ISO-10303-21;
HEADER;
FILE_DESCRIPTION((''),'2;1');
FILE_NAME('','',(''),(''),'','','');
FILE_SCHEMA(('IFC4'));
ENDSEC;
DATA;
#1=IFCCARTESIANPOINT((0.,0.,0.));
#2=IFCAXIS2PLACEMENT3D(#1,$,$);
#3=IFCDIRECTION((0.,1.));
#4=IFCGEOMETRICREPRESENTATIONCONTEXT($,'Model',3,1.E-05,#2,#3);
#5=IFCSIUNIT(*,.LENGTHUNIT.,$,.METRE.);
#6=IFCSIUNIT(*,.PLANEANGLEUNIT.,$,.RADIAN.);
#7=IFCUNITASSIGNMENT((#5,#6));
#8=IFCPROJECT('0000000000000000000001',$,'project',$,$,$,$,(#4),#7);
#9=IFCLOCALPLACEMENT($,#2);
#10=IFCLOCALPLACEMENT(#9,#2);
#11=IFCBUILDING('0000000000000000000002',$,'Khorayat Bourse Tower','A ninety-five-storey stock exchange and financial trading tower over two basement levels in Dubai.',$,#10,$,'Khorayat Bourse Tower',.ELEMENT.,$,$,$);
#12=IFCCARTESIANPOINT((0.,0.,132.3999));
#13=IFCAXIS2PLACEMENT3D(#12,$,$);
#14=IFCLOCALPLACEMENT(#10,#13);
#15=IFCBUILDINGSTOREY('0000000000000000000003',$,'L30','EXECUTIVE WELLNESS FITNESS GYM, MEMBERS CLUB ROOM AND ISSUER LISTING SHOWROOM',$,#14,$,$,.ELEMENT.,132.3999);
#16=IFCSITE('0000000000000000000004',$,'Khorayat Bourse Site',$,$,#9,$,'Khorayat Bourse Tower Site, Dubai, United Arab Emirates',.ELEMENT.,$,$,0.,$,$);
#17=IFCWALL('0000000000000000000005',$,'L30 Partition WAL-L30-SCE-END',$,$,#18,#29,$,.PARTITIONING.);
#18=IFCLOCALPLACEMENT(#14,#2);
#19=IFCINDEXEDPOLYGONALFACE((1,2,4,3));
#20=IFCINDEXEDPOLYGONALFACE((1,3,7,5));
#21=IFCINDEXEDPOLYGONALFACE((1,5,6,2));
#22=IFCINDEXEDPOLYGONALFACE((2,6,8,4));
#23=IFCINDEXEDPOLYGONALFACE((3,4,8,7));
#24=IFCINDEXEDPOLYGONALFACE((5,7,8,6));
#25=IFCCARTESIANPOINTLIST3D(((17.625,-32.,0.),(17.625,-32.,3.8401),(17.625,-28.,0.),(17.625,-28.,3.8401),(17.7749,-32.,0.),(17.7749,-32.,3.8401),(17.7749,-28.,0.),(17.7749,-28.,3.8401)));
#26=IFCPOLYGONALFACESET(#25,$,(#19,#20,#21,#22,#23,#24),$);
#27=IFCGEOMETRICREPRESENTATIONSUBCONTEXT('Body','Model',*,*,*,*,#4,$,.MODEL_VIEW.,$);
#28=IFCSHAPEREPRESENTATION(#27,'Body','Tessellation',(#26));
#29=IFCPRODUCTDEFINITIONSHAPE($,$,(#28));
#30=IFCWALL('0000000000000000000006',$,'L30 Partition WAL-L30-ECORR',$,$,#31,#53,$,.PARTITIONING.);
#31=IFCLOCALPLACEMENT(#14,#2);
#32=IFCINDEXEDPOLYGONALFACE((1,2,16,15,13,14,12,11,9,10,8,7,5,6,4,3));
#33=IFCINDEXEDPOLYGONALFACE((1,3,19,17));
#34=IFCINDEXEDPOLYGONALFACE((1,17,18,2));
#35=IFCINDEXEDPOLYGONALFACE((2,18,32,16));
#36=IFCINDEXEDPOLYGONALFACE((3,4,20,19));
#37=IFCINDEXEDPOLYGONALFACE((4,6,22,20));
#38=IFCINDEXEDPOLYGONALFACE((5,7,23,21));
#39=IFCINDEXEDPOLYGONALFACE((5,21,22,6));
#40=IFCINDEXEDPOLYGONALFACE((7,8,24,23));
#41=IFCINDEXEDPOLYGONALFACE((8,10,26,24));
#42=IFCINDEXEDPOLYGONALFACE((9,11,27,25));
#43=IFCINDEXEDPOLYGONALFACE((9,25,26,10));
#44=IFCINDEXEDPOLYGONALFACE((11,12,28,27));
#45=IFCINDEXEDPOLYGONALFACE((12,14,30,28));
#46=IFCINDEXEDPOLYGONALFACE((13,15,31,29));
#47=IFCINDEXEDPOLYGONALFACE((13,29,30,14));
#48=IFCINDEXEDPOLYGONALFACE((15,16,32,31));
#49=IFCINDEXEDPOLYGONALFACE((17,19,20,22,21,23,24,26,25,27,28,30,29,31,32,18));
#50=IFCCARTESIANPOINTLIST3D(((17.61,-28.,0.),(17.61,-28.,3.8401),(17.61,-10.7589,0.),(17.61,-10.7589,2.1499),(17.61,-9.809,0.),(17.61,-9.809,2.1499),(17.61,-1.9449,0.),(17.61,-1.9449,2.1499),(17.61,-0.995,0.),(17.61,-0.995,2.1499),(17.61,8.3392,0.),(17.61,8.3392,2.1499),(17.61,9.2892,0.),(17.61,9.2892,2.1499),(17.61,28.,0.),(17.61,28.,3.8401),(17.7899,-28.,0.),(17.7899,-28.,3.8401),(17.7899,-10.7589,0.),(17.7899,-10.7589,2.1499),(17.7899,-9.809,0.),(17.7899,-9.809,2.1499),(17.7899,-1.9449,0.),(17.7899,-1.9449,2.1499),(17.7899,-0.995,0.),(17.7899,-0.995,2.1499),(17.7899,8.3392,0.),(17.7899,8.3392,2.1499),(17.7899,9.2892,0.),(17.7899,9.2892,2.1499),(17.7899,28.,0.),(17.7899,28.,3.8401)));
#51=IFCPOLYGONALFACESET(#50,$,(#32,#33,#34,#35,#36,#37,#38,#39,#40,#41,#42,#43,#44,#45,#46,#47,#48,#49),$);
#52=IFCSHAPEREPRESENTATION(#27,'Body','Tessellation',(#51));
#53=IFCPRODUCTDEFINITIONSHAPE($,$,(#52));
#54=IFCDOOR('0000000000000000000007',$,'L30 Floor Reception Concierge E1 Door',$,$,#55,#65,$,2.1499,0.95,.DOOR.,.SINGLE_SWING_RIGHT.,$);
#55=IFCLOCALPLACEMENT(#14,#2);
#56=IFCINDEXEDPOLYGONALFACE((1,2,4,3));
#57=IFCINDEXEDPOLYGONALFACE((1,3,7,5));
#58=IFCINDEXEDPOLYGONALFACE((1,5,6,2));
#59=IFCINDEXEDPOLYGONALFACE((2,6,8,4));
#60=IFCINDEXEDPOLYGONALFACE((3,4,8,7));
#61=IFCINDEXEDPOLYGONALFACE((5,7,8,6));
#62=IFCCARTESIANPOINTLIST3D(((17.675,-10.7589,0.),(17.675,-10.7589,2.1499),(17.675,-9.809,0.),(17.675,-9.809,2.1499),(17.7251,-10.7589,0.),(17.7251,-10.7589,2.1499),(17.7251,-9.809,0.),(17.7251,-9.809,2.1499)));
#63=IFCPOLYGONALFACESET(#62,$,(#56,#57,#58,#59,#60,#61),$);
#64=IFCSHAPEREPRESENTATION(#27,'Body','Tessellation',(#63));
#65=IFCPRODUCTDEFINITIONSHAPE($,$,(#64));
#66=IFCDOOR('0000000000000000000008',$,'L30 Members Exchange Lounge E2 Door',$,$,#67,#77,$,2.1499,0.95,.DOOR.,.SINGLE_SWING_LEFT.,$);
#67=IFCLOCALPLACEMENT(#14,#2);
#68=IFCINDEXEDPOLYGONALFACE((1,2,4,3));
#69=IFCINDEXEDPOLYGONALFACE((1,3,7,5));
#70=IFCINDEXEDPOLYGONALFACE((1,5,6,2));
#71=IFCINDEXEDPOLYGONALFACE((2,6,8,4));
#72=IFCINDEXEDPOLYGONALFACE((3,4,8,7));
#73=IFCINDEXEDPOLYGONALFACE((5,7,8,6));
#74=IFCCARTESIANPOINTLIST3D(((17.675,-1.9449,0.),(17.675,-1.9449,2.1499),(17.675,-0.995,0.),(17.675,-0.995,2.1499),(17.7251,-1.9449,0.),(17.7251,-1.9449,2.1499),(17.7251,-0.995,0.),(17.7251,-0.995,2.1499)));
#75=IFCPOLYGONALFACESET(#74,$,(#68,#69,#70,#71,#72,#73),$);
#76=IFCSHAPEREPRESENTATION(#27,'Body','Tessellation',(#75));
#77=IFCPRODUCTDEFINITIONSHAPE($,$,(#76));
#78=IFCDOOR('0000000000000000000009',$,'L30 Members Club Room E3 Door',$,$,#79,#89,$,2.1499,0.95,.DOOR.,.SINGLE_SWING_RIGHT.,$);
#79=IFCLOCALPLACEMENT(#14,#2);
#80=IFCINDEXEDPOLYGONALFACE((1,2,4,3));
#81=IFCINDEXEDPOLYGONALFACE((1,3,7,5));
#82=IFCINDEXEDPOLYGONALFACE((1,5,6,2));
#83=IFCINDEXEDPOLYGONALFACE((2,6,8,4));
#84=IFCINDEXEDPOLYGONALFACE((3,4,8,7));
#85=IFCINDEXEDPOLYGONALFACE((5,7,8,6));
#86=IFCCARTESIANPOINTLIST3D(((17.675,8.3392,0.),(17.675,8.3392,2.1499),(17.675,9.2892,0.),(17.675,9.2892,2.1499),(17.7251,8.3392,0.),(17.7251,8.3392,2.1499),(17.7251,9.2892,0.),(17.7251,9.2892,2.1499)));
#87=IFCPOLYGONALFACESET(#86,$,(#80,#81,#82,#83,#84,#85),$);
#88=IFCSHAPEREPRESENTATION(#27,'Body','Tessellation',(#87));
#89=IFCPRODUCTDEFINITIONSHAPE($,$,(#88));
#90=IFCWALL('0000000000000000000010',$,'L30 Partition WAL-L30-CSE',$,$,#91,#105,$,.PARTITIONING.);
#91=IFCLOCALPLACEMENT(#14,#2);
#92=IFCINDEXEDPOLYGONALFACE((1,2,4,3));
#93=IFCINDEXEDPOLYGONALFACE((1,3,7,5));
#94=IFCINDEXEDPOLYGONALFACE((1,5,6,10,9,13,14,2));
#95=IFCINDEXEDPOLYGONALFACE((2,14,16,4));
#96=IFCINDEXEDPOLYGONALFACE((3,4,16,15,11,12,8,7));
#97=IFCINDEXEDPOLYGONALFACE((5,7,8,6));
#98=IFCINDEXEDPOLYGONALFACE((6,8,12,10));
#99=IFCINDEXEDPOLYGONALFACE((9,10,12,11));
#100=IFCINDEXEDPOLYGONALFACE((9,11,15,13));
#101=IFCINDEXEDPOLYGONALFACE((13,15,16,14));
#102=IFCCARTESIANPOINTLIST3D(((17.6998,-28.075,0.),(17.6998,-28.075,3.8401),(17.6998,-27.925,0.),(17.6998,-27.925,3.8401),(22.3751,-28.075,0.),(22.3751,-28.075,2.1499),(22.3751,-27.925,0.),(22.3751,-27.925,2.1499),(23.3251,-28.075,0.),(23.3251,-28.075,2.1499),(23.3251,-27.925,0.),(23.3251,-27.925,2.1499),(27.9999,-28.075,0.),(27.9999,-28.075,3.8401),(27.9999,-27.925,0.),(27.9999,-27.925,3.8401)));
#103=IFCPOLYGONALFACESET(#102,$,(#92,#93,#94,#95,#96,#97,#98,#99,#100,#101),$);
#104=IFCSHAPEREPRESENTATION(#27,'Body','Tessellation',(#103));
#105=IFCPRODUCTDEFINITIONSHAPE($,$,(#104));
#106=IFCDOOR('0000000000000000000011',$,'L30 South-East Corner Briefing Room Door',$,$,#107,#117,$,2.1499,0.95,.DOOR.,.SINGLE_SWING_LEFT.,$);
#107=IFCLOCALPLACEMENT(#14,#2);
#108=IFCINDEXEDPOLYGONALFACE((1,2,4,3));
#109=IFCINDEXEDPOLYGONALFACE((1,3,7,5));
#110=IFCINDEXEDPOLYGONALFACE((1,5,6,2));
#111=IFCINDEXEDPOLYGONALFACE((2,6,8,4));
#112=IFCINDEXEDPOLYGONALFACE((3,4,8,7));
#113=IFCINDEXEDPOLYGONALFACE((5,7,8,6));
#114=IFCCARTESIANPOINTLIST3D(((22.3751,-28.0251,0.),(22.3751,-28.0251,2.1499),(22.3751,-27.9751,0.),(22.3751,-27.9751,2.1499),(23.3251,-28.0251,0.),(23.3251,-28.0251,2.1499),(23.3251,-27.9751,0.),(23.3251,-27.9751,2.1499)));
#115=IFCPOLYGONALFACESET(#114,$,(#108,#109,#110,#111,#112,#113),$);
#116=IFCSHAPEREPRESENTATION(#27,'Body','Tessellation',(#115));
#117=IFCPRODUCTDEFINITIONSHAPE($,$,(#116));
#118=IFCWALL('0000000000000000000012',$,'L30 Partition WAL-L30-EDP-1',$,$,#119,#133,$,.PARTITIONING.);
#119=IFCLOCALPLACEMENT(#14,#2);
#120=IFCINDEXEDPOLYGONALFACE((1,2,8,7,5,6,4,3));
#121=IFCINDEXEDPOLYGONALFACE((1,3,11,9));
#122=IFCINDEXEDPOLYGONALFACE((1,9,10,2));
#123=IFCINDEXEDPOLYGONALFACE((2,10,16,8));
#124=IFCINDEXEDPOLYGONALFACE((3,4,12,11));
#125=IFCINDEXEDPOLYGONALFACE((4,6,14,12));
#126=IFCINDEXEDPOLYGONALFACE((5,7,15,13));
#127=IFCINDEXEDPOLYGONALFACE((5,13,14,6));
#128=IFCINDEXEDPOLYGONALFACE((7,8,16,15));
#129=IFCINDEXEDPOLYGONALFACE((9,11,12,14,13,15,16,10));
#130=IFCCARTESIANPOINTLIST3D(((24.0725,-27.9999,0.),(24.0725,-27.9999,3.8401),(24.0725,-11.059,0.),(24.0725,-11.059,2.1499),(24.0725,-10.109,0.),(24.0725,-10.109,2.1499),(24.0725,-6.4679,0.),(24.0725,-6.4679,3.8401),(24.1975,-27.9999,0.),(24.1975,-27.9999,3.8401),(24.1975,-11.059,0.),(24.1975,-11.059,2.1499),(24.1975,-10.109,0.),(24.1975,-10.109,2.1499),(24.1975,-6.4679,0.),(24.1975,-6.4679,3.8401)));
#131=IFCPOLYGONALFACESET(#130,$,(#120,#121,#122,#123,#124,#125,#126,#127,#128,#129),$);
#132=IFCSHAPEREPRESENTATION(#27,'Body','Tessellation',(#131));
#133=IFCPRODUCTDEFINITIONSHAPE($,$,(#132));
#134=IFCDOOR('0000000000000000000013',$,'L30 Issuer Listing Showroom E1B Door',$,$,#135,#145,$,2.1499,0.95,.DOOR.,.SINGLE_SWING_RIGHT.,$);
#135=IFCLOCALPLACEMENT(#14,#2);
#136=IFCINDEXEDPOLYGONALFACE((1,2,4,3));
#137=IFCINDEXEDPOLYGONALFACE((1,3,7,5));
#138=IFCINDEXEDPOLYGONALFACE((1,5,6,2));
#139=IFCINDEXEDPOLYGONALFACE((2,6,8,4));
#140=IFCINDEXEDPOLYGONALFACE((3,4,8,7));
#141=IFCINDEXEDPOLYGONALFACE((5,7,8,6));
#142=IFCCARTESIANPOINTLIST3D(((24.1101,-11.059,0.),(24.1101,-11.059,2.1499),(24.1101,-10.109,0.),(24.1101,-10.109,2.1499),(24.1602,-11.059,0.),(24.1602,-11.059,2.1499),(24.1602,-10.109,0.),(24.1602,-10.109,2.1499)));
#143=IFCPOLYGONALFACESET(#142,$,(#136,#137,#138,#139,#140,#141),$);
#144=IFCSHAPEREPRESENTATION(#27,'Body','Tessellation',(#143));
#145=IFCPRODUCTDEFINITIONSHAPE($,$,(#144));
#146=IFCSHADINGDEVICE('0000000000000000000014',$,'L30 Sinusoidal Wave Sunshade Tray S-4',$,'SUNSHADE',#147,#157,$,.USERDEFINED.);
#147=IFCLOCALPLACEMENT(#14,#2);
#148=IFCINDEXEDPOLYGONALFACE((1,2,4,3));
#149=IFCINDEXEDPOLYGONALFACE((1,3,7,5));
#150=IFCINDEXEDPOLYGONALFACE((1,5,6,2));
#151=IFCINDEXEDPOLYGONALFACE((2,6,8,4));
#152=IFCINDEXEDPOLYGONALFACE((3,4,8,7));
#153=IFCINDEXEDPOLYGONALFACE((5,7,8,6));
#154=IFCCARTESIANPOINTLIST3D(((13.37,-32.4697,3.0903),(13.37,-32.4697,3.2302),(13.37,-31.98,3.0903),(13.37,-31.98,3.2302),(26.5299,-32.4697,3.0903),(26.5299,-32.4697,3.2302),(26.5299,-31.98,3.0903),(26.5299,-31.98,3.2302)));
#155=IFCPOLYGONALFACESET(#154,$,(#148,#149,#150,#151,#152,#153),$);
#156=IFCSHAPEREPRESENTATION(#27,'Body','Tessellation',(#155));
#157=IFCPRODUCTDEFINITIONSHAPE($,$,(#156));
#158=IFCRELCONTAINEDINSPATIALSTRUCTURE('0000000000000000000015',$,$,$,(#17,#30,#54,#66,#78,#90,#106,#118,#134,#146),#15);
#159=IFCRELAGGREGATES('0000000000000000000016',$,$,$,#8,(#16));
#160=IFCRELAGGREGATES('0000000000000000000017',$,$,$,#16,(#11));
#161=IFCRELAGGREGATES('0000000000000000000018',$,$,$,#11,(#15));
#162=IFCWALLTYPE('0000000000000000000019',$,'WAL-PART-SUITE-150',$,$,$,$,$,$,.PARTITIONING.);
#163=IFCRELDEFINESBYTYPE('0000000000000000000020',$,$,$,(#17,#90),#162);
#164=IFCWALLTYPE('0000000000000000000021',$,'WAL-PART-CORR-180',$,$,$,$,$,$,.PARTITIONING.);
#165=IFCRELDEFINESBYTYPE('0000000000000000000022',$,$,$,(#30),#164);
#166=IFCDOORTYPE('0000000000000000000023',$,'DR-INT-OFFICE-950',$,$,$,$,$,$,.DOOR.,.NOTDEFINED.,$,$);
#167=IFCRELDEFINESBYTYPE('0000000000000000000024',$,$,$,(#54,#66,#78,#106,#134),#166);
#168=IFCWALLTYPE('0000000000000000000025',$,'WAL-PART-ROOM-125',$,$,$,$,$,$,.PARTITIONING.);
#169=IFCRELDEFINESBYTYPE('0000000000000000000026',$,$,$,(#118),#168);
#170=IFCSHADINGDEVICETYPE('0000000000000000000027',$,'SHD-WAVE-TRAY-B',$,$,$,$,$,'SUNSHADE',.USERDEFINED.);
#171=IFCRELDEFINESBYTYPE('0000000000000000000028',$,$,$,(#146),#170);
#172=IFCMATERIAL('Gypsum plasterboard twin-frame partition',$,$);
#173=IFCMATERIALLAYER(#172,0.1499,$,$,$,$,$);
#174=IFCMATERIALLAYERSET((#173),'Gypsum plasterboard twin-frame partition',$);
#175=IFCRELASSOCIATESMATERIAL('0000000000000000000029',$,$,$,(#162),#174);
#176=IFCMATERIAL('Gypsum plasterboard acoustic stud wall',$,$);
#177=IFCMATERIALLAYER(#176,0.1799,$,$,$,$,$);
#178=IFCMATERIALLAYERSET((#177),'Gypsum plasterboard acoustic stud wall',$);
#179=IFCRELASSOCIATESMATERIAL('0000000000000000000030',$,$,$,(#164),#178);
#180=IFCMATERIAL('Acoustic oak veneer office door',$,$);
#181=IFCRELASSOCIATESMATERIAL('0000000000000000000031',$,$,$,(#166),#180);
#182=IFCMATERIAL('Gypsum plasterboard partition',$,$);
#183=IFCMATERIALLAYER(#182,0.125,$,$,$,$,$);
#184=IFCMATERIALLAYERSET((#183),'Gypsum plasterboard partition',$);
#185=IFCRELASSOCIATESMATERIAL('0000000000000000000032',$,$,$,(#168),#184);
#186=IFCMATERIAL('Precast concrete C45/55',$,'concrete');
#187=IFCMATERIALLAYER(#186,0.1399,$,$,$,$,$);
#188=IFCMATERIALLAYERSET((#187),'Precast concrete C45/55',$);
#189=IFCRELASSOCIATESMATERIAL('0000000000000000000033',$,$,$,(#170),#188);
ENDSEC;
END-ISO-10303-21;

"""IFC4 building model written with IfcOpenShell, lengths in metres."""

from ifc_helpers import new_model, si_unit, direction, frame, frame_2d, origin, origin_2d, place, context, subcontext, project, spatial, rectangle, extrude, source, transform, mapped, material, layer, layer_set, type_object, element, fill, save


model = new_model("IFC4")

# Units and contexts
model_context = context("Model", 3, precision=1e-05, world=origin(), true_north=direction((0.0, 1.0)))
body_context = subcontext(model_context, "Body", "Model", "MODEL_VIEW")
ifc_project = project(units=[si_unit("LENGTHUNIT", "METRE"), si_unit("PLANEANGLEUNIT", "RADIAN")], contexts=[model_context])

# Site, building, storey
site_placement = place(None, origin())
site = spatial("IfcSite", under=ifc_project, at=site_placement, Name="Khorayat Bourse Site", LongName="Khorayat Bourse Tower Site, Dubai, United Arab Emirates", CompositionType="ELEMENT", RefElevation=0.0)
building_placement = place(site_placement, origin())
building = spatial("IfcBuilding", under=site, at=building_placement, Name="Khorayat Bourse Tower", Description="A ninety-five-storey stock exchange and financial trading tower over two basement levels in Dubai.", LongName="Khorayat Bourse Tower", CompositionType="ELEMENT")
storey_placement = place(building_placement, frame((0.0, 0.0, 132.3999)))
storey = spatial("IfcBuildingStorey", under=building, at=storey_placement, Name="L30", Description="EXECUTIVE WELLNESS FITNESS GYM, MEMBERS CLUB ROOM AND ISSUER LISTING SHOWROOM", CompositionType="ELEMENT", Elevation=132.3999)

# Shared definitions
ifc_material_1 = material(Name="Precast concrete C45/55", Category="concrete")

# Wall
ifc_material_2 = material(Name="Gypsum plasterboard twin-frame partition")
ifc_layer_1 = layer(ifc_material_2, 0.1499)
ifc_layer_set_1 = layer_set([ifc_layer_1], Name="Gypsum plasterboard twin-frame partition")
wall_type_1 = type_object("IfcWallType", Name="WAL-PART-SUITE-150", PredefinedType="PARTITIONING", material=ifc_layer_set_1)
shared_shape_1 = source(origin(), body_context, "Body", "SweptSolid", [
    extrude(rectangle(XDim=4.0, YDim=0.1499, at=frame_2d((2.0, 0.0))), origin(), (0.0, 0.0, 1.0), 3.8401),
])
wall_1_placement = place(storey_placement, frame((17.7, -32.0, 0.0), z_axis=(0.0, 0.0, 1.0), x_axis=(0.0, 1.0, 0.0)))
element("IfcWall", 1, at=wall_1_placement, inside=storey, type_object=wall_type_1, Name="L30 Partition WAL-L30-SCE-END", PredefinedType="PARTITIONING", context=body_context, shape_type="MappedRepresentation", body=[
    mapped(shared_shape_1, transform((0.0, 0.0, 0.0), scale=1.0)),
])

# Wall, openings, doors
ifc_material_3 = material(Name="Gypsum plasterboard acoustic stud wall")
ifc_layer_2 = layer(ifc_material_3, 0.1799)
ifc_layer_set_2 = layer_set([ifc_layer_2], Name="Gypsum plasterboard acoustic stud wall")
wall_type_2 = type_object("IfcWallType", Name="WAL-PART-CORR-180", PredefinedType="PARTITIONING", material=ifc_layer_set_2)
shared_shape_2 = source(origin(), body_context, "Body", "SweptSolid", [
    extrude(rectangle(XDim=56.0, YDim=0.1799, at=frame_2d((28.0, 0.0))), origin(), (0.0, 0.0, 1.0), 3.8401),
])
wall_2_placement = place(storey_placement, frame((17.7, -28.0, 0.0), z_axis=(0.0, 0.0, 1.0), x_axis=(0.0, 1.0, 0.0)))
wall_2 = element("IfcWall", 2, at=wall_2_placement, inside=storey, type_object=wall_type_2, Name="L30 Partition WAL-L30-ECORR", PredefinedType="PARTITIONING", context=body_context, shape_type="MappedRepresentation", body=[
    mapped(shared_shape_2, transform((0.0, 0.0, 0.0), scale=1.0)),
])
shared_shape_3 = source(origin(), body_context, "Body", "SweptSolid", [
    extrude(rectangle(XDim=0.95, YDim=2.1499, at=frame_2d((0.4751, 1.075))), frame((0.0, 0.0999, 0.0), z_axis=(0.0, -1.0, 0.0), x_axis=(1.0, 0.0, 0.0)), (0.0, 0.0, 1.0), 0.2),
])
opening_1_placement = place(wall_2_placement, frame((17.241, 0.0, 0.0)))
opening_1 = element("IfcOpeningElement", 3, at=opening_1_placement, cuts=wall_2, PredefinedType="OPENING", context=body_context, shape_type="MappedRepresentation", body=[
    mapped(shared_shape_3, transform((0.0, 0.0, 0.0), scale=1.0)),
])
opening_2_placement = place(wall_2_placement, frame((26.0549, 0.0, 0.0)))
opening_2 = element("IfcOpeningElement", 4, at=opening_2_placement, cuts=wall_2, PredefinedType="OPENING", context=body_context, shape_type="MappedRepresentation", body=[
    mapped(shared_shape_3, transform((0.0, 0.0, 0.0), scale=1.0)),
])
opening_3_placement = place(wall_2_placement, frame((36.3391, 0.0, 0.0)))
opening_3 = element("IfcOpeningElement", 5, at=opening_3_placement, cuts=wall_2, PredefinedType="OPENING", context=body_context, shape_type="MappedRepresentation", body=[
    mapped(shared_shape_3, transform((0.0, 0.0, 0.0), scale=1.0)),
])
ifc_material_4 = material(Name="Acoustic oak veneer office door")
door_type = type_object("IfcDoorType", Name="DR-INT-OFFICE-950", OperationType="NOTDEFINED", PredefinedType="DOOR", material=ifc_material_4)
shared_shape_4 = source(origin(), body_context, "Body", "SweptSolid", [
    extrude(rectangle(XDim=0.95, YDim=2.1499, at=frame_2d((0.4751, 1.075))), frame((0.0, 0.0249, 0.0), z_axis=(0.0, -1.0, 0.0), x_axis=(1.0, 0.0, 0.0)), (0.0, 0.0, 1.0), 0.05),
])
door_1_placement = place(opening_1_placement, origin())
door_1 = element("IfcDoor", 6, at=door_1_placement, inside=storey, type_object=door_type, Name="L30 Floor Reception Concierge E1 Door", OperationType="SINGLE_SWING_RIGHT", OverallHeight=2.1499, OverallWidth=0.95, PredefinedType="DOOR", context=body_context, shape_type="MappedRepresentation", body=[
    mapped(shared_shape_4, transform((0.0, 0.0, 0.0), scale=1.0)),
])
fill(opening_1, door_1)
door_2_placement = place(opening_2_placement, origin())
door_2 = element("IfcDoor", 7, at=door_2_placement, inside=storey, type_object=door_type, Name="L30 Members Exchange Lounge E2 Door", OperationType="SINGLE_SWING_LEFT", OverallHeight=2.1499, OverallWidth=0.95, PredefinedType="DOOR", context=body_context, shape_type="MappedRepresentation", body=[
    mapped(shared_shape_4, transform((0.0, 0.0, 0.0), scale=1.0)),
])
fill(opening_2, door_2)
door_3_placement = place(opening_3_placement, origin())
door_3 = element("IfcDoor", 8, at=door_3_placement, inside=storey, type_object=door_type, Name="L30 Members Club Room E3 Door", OperationType="SINGLE_SWING_RIGHT", OverallHeight=2.1499, OverallWidth=0.95, PredefinedType="DOOR", context=body_context, shape_type="MappedRepresentation", body=[
    mapped(shared_shape_4, transform((0.0, 0.0, 0.0), scale=1.0)),
])
fill(opening_3, door_3)

# Walls, openings, doors
shared_shape_5 = source(origin(), body_context, "Body", "SweptSolid", [
    extrude(rectangle(XDim=10.3, YDim=0.1499, at=frame_2d((5.1499, 0.0))), origin(), (0.0, 0.0, 1.0), 3.8401),
])
wall_3_placement = place(storey_placement, frame((17.7, -28.0, 0.0), z_axis=(0.0, 0.0, 1.0), x_axis=(1.0, 0.0, 0.0)))
wall_3 = element("IfcWall", 9, at=wall_3_placement, inside=storey, type_object=wall_type_1, Name="L30 Partition WAL-L30-CSE", PredefinedType="PARTITIONING", context=body_context, shape_type="MappedRepresentation", body=[
    mapped(shared_shape_5, transform((0.0, 0.0, 0.0), scale=1.0)),
])
shared_shape_6 = source(origin(), body_context, "Body", "SweptSolid", [
    extrude(rectangle(XDim=0.95, YDim=2.1499, at=frame_2d((0.4751, 1.075))), frame((0.0, 0.085, 0.0), z_axis=(0.0, -1.0, 0.0), x_axis=(1.0, 0.0, 0.0)), (0.0, 0.0, 1.0), 0.1699),
])
opening_4_placement = place(wall_3_placement, frame((4.675, 0.0, 0.0)))
opening_4 = element("IfcOpeningElement", 10, at=opening_4_placement, cuts=wall_3, PredefinedType="OPENING", context=body_context, shape_type="MappedRepresentation", body=[
    mapped(shared_shape_6, transform((0.0, 0.0, 0.0), scale=1.0)),
])
door_4_placement = place(opening_4_placement, origin())
door_4 = element("IfcDoor", 11, at=door_4_placement, inside=storey, type_object=door_type, Name="L30 South-East Corner Briefing Room Door", OperationType="SINGLE_SWING_LEFT", OverallHeight=2.1499, OverallWidth=0.95, PredefinedType="DOOR", context=body_context, shape_type="MappedRepresentation", body=[
    mapped(shared_shape_4, transform((0.0, 0.0, 0.0), scale=1.0)),
])
fill(opening_4, door_4)
ifc_material_5 = material(Name="Gypsum plasterboard partition")
ifc_layer_3 = layer(ifc_material_5, 0.125)
ifc_layer_set_3 = layer_set([ifc_layer_3], Name="Gypsum plasterboard partition")
wall_type_3 = type_object("IfcWallType", Name="WAL-PART-ROOM-125", PredefinedType="PARTITIONING", material=ifc_layer_set_3)
shared_shape_7 = source(origin(), body_context, "Body", "SweptSolid", [
    extrude(rectangle(XDim=21.532, YDim=0.125, at=frame_2d((10.7661, 0.0))), origin(), (0.0, 0.0, 1.0), 3.8401),
])
wall_4_placement = place(storey_placement, frame((24.135, -28.0, 0.0), z_axis=(0.0, 0.0, 1.0), x_axis=(0.0, 1.0, 0.0)))
wall_4 = element("IfcWall", 12, at=wall_4_placement, inside=storey, type_object=wall_type_3, Name="L30 Partition WAL-L30-EDP-1", PredefinedType="PARTITIONING", context=body_context, shape_type="MappedRepresentation", body=[
    mapped(shared_shape_7, transform((0.0, 0.0, 0.0), scale=1.0)),
])
shared_shape_8 = source(origin(), body_context, "Body", "SweptSolid", [
    extrude(rectangle(XDim=0.95, YDim=2.1499, at=frame_2d((0.4751, 1.075))), frame((0.0, 0.0725, 0.0), z_axis=(0.0, -1.0, 0.0), x_axis=(1.0, 0.0, 0.0)), (0.0, 0.0, 1.0), 0.145),
])
opening_5_placement = place(wall_4_placement, frame((16.9409, 0.0, 0.0)))
opening_5 = element("IfcOpeningElement", 13, at=opening_5_placement, cuts=wall_4, PredefinedType="OPENING", context=body_context, shape_type="MappedRepresentation", body=[
    mapped(shared_shape_8, transform((0.0, 0.0, 0.0), scale=1.0)),
])
door_5_placement = place(opening_5_placement, origin())
door_5 = element("IfcDoor", 14, at=door_5_placement, inside=storey, type_object=door_type, Name="L30 Issuer Listing Showroom E1B Door", OperationType="SINGLE_SWING_RIGHT", OverallHeight=2.1499, OverallWidth=0.95, PredefinedType="DOOR", context=body_context, shape_type="MappedRepresentation", body=[
    mapped(shared_shape_4, transform((0.0, 0.0, 0.0), scale=1.0)),
])
fill(opening_5, door_5)

# Shading device
ifc_layer_4 = layer(ifc_material_1, 0.1399)
ifc_layer_set_4 = layer_set([ifc_layer_4], Name="Precast concrete C45/55")
shading_device_type = type_object("IfcShadingDeviceType", Name="SHD-WAVE-TRAY-B", ElementType="SUNSHADE", PredefinedType="USERDEFINED", material=ifc_layer_set_4)
shared_shape_9 = source(origin(), body_context, "Body", "SweptSolid", [
    extrude(rectangle(XDim=13.1599, YDim=0.4897, at=origin_2d()), origin(), (0.0, 0.0, 1.0), 0.1399),
])
shading_device_placement = place(storey_placement, frame((19.95, -32.2249, 3.0903), z_axis=(0.0, 0.0, 1.0), x_axis=(1.0, 0.0, 0.0)))
element("IfcShadingDevice", 15, at=shading_device_placement, inside=storey, type_object=shading_device_type, Name="L30 Sinusoidal Wave Sunshade Tray S-4", ObjectType="SUNSHADE", PredefinedType="USERDEFINED", context=body_context, shape_type="MappedRepresentation", body=[
    mapped(shared_shape_9, transform((0.0, 0.0, 0.0), scale=1.0)),
])

save(model, "model.ifc")
